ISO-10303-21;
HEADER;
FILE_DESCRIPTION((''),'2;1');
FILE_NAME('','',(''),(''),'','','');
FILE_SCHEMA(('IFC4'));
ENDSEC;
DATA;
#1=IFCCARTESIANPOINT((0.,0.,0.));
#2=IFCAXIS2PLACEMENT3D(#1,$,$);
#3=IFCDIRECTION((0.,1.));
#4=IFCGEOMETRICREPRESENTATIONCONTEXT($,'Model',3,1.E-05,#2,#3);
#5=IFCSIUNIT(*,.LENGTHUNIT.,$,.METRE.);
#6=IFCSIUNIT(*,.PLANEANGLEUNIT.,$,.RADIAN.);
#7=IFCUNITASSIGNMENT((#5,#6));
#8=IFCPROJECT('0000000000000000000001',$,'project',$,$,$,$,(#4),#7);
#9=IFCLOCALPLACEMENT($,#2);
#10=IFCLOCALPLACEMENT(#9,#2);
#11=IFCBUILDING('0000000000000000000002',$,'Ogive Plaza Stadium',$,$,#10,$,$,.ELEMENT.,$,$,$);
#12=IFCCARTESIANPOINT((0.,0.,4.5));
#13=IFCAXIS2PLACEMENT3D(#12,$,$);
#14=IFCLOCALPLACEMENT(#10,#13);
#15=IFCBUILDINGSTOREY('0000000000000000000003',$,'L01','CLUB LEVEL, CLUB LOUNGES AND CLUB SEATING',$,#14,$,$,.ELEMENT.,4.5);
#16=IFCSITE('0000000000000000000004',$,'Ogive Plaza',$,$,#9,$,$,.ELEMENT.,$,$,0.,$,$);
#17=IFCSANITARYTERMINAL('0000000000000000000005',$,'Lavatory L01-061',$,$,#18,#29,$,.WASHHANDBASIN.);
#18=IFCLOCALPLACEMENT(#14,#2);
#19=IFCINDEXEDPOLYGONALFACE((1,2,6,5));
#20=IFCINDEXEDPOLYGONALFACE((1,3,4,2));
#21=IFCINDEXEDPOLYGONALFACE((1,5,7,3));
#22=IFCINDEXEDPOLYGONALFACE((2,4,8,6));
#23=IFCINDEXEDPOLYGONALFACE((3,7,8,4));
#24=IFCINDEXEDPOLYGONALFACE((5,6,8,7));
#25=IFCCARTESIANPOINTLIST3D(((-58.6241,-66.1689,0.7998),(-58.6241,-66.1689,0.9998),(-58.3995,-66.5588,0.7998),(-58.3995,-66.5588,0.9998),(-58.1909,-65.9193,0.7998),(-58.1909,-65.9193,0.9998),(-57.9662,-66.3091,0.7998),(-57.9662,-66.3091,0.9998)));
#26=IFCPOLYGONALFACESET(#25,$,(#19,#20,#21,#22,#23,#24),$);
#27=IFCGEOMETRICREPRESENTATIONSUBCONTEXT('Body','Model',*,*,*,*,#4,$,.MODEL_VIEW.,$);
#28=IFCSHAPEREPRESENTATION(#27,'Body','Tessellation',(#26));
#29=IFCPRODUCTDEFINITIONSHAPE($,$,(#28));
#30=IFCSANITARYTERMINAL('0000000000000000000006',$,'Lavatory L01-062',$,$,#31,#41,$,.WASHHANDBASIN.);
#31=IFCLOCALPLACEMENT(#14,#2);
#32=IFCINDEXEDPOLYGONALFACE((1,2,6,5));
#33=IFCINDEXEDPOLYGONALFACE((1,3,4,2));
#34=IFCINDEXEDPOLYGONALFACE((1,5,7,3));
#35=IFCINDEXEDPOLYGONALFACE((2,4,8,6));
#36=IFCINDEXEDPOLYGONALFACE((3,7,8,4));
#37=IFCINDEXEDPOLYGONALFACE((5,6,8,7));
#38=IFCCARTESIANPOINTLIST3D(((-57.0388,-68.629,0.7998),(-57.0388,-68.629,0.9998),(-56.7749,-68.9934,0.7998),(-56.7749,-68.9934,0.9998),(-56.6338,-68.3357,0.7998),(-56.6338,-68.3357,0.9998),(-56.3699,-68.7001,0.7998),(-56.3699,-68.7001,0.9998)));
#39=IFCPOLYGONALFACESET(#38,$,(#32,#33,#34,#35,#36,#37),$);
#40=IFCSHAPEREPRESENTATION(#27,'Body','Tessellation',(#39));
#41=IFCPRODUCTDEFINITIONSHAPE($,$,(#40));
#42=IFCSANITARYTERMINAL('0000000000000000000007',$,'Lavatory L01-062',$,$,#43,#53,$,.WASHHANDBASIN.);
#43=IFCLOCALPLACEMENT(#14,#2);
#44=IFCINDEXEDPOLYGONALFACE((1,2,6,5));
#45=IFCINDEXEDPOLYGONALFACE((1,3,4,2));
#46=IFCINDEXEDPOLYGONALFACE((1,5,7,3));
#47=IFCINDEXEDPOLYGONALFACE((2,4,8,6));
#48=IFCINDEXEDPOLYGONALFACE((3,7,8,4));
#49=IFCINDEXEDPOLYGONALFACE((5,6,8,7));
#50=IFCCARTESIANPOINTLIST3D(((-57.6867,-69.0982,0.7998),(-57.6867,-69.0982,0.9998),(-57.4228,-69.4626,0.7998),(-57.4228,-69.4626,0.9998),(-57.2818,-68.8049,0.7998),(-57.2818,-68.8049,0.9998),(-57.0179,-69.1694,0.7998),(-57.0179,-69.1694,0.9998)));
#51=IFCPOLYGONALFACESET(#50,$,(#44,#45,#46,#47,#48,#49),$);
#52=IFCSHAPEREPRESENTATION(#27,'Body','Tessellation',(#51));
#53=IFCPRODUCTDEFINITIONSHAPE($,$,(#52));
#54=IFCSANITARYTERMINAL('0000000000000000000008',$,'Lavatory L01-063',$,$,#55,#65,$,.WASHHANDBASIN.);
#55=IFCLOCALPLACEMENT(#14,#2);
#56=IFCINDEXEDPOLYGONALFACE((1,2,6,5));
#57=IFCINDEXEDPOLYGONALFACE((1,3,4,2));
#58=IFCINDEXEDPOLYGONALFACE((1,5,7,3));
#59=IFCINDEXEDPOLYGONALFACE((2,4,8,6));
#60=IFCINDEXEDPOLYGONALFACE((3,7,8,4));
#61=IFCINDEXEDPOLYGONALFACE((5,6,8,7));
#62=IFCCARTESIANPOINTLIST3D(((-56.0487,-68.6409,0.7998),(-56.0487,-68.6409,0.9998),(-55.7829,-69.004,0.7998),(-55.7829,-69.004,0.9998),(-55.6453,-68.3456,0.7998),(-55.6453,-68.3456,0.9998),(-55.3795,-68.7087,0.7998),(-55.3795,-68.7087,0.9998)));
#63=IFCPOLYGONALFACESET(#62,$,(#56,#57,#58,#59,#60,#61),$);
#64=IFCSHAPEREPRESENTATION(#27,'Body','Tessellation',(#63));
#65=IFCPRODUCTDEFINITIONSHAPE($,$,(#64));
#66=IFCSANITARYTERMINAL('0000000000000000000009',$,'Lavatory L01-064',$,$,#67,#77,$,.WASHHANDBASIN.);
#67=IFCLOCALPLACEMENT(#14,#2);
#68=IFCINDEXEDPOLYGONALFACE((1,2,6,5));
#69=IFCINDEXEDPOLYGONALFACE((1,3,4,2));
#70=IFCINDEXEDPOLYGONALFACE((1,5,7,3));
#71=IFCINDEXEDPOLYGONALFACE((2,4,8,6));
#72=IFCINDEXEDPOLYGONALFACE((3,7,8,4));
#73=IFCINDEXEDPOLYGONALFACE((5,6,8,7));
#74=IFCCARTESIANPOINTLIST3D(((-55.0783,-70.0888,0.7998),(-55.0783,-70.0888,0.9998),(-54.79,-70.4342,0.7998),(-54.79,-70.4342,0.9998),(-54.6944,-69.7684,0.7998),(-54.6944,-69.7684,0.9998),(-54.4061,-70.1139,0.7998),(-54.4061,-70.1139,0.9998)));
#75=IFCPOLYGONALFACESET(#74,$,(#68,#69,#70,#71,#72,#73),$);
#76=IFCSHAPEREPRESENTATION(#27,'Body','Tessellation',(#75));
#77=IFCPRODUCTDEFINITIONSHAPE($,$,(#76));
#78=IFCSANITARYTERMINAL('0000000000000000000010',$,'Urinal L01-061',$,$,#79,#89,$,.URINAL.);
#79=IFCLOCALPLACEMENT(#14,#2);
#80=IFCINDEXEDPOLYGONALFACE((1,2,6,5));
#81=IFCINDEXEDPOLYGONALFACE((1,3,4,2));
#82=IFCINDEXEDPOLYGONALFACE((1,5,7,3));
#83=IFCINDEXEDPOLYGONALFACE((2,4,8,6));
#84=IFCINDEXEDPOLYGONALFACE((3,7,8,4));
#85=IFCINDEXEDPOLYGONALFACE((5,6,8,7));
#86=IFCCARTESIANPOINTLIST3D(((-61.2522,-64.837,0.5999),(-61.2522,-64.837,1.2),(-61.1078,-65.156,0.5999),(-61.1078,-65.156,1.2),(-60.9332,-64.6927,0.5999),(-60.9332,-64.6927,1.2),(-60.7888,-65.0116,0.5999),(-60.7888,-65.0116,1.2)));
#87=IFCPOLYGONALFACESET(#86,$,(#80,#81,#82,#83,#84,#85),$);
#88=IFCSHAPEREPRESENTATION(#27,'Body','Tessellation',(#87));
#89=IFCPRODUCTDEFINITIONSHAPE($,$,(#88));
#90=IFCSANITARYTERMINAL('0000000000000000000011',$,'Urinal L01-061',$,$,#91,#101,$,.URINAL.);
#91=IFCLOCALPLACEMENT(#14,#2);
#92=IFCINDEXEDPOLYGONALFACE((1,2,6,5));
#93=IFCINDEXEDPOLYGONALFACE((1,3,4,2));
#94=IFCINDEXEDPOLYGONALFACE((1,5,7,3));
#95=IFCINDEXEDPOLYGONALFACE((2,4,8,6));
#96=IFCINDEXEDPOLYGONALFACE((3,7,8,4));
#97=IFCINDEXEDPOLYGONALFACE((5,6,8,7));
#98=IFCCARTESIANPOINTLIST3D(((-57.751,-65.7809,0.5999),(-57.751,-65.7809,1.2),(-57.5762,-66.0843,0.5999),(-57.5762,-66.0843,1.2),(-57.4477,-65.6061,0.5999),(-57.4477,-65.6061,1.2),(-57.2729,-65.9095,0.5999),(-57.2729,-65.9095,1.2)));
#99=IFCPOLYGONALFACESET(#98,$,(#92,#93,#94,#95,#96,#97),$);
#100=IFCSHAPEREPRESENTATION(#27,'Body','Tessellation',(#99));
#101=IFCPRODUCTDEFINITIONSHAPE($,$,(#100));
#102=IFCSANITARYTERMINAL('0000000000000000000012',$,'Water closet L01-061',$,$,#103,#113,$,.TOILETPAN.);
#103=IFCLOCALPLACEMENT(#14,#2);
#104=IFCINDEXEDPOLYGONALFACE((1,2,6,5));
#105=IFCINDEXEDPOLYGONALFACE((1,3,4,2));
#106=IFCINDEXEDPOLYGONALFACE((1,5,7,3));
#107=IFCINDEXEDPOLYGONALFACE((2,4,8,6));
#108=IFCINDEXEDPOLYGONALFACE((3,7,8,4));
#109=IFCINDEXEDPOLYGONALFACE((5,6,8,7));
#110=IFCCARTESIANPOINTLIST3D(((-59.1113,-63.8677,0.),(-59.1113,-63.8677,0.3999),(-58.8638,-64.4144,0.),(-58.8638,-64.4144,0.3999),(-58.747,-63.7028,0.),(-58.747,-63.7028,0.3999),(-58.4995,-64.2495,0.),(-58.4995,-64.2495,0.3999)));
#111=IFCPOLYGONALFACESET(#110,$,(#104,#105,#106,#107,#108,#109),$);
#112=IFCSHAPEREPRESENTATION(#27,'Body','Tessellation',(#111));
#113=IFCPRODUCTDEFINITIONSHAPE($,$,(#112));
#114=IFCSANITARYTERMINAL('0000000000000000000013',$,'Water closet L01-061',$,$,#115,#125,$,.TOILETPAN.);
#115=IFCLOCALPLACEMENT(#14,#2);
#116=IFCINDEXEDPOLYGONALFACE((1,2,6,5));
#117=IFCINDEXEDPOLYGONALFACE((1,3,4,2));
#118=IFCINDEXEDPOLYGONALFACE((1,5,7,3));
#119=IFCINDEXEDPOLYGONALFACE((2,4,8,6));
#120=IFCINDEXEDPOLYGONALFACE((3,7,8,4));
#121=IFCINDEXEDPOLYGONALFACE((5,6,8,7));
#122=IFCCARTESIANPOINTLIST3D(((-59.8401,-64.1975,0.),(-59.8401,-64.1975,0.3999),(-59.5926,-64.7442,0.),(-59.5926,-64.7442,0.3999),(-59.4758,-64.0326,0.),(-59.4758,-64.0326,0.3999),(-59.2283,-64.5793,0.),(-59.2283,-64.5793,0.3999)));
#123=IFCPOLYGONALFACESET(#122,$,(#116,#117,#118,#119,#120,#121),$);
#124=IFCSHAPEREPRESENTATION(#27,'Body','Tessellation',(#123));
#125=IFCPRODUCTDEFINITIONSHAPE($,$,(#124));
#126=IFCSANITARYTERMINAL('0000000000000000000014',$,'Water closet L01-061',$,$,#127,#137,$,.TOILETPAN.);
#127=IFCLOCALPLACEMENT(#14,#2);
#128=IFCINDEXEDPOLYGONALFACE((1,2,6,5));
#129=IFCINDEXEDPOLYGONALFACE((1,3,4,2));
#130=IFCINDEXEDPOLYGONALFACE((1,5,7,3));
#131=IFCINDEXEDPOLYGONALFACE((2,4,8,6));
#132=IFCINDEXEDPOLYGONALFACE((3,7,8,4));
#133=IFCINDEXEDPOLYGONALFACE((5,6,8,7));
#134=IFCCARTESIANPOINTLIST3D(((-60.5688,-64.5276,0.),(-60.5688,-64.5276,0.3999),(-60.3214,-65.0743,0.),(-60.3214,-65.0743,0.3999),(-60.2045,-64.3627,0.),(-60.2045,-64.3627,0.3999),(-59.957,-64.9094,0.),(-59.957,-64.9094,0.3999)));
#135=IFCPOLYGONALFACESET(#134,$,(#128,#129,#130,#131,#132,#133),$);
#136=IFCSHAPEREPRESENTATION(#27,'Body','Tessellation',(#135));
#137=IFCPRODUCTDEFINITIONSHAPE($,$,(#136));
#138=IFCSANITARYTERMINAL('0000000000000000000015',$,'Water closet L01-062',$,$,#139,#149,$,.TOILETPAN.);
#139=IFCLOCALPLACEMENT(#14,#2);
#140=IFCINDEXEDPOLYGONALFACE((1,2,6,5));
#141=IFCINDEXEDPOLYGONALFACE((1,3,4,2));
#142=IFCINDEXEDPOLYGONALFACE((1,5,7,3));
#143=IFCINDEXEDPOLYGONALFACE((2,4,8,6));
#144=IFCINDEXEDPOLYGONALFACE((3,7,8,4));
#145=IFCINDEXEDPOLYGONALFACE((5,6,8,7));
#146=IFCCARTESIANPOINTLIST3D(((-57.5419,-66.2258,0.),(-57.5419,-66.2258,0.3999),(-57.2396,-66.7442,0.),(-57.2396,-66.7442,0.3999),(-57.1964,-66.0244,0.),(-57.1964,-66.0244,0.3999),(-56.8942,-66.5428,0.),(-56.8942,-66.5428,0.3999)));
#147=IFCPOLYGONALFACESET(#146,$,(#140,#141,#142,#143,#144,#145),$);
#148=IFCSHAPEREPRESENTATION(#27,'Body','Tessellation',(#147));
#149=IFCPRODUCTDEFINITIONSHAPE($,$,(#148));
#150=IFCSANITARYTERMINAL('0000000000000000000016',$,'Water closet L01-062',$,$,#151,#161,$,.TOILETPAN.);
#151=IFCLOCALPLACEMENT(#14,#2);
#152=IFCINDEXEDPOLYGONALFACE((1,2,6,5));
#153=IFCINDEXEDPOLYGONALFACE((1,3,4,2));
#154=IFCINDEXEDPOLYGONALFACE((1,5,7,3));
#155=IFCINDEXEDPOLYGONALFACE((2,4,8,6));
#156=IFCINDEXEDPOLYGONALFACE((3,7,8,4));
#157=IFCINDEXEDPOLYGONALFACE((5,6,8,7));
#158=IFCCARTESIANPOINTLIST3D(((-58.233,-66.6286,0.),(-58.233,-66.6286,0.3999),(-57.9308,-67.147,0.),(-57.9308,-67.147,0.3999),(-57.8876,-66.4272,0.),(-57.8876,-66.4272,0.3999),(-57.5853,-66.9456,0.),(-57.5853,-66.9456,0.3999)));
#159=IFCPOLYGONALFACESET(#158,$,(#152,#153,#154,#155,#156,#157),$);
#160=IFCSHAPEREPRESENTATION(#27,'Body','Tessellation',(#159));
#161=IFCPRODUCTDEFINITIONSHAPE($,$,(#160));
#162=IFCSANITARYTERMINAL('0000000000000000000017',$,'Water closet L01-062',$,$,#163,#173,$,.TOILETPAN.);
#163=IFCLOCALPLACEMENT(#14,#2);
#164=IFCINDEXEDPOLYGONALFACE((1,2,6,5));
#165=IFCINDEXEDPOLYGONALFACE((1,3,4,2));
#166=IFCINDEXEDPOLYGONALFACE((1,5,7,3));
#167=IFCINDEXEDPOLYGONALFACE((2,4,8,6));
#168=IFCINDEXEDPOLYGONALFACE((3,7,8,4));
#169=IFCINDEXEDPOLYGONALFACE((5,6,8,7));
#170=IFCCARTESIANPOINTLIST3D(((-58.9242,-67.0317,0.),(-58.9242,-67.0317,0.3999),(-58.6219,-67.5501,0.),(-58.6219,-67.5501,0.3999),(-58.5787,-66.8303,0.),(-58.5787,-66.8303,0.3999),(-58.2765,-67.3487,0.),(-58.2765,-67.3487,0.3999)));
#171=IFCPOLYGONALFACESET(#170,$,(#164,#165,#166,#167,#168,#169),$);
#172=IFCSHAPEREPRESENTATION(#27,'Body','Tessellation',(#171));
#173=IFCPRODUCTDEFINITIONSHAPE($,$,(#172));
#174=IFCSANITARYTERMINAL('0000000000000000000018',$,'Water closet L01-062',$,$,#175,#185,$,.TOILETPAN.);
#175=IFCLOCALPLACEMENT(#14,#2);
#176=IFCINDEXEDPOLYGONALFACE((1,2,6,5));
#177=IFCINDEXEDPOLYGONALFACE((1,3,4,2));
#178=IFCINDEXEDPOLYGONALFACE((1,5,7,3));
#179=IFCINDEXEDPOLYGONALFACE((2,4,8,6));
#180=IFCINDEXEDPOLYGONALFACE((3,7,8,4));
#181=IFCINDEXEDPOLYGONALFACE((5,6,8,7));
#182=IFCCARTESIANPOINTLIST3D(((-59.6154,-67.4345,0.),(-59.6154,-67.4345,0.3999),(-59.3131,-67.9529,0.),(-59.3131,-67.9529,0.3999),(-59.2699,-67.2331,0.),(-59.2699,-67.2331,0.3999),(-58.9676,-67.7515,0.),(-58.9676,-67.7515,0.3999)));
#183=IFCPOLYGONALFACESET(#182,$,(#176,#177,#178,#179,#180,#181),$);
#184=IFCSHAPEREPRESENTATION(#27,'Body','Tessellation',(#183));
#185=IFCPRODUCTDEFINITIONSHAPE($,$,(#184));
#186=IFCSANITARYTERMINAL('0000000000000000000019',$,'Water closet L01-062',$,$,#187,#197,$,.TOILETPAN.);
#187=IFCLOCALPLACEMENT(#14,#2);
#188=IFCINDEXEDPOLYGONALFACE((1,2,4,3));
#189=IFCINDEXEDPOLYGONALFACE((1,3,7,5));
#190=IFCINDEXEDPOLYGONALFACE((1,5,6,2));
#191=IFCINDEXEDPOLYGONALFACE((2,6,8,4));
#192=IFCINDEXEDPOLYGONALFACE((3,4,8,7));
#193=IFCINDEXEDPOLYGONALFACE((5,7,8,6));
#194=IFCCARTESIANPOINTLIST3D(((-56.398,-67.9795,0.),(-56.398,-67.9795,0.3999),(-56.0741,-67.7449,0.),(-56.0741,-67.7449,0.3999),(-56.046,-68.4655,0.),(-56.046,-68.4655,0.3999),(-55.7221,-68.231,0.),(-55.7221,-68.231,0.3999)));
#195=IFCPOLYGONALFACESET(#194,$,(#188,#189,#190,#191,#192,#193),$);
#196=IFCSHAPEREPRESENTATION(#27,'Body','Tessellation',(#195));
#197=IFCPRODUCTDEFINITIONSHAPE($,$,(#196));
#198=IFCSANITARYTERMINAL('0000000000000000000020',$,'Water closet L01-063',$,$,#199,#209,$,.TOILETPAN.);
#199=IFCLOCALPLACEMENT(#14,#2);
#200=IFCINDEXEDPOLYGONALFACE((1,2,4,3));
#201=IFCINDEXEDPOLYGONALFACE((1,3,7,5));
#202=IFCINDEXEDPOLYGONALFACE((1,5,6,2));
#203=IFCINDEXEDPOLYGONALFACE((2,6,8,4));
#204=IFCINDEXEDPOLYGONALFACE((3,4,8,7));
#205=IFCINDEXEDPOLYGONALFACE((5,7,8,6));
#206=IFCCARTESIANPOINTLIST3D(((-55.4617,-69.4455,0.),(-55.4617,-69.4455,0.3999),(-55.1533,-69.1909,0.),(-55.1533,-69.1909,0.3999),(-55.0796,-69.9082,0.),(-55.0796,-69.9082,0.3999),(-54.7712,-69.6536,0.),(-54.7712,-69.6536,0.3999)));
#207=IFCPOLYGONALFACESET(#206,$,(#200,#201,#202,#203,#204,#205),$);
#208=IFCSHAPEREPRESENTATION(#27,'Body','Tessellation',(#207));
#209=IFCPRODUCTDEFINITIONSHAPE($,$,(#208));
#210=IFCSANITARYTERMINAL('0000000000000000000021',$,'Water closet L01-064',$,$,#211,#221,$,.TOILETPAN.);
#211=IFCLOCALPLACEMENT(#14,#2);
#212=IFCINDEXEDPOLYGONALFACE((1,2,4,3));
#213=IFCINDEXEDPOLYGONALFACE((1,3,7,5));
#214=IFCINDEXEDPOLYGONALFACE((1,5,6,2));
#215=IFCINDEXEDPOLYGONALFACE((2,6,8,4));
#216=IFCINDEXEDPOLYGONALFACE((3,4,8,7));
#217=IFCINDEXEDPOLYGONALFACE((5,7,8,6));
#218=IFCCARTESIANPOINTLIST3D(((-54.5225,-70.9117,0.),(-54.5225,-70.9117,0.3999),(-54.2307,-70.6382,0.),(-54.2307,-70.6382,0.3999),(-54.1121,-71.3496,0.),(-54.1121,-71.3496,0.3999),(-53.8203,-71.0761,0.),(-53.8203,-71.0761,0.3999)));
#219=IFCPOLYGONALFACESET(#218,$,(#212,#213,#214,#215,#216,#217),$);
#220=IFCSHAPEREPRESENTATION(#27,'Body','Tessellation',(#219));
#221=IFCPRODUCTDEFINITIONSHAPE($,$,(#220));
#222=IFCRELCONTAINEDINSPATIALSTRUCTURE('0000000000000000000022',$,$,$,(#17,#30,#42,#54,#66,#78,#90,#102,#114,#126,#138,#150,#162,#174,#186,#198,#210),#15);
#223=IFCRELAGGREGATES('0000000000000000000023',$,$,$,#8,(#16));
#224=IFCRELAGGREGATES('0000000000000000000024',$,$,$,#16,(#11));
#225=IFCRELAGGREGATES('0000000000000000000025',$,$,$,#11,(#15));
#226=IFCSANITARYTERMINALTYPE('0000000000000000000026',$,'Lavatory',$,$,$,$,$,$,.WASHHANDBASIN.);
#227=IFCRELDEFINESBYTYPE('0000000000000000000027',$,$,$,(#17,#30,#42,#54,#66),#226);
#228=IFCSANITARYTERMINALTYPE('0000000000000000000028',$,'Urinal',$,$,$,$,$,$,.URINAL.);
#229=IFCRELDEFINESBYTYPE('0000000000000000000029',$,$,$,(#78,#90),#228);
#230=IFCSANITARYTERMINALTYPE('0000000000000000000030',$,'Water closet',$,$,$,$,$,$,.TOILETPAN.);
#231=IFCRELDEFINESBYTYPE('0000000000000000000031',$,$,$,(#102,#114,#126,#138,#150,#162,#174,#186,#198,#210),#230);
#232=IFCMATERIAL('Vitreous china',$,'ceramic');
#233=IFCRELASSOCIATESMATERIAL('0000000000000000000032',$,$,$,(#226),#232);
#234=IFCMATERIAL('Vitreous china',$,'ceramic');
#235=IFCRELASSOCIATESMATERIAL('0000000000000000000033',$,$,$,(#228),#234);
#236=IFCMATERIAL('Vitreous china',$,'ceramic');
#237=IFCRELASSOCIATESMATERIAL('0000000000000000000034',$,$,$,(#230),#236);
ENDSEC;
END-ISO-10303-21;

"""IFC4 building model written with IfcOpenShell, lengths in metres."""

from ifc_helpers import new_model, si_unit, direction, frame, origin, origin_2d, place, context, subcontext, project, spatial, rectangle, extrude, material, type_object, element, save


model = new_model("IFC4")

# Units and contexts
model_context = context("Model", 3, precision=1e-05, world=origin(), true_north=direction((0.0, 1.0)))
body_context = subcontext(model_context, "Body", "Model", "MODEL_VIEW")
ifc_project = project(units=[si_unit("LENGTHUNIT", "METRE"), si_unit("PLANEANGLEUNIT", "RADIAN")], contexts=[model_context])

# Site, building, storey
site_placement = place(None, origin())
site = spatial("IfcSite", under=ifc_project, at=site_placement, Name="Ogive Plaza", CompositionType="ELEMENT", RefElevation=0.0)
building_placement = place(site_placement, origin())
building = spatial("IfcBuilding", under=site, at=building_placement, Name="Ogive Plaza Stadium", CompositionType="ELEMENT")
storey_placement = place(building_placement, frame((0.0, 0.0, 4.5)))
storey = spatial("IfcBuildingStorey", under=building, at=storey_placement, Name="L01", Description="CLUB LEVEL, CLUB LOUNGES AND CLUB SEATING", CompositionType="ELEMENT", Elevation=4.5)

# Sanitary terminals
ifc_material_1 = material(Name="Vitreous china", Category="ceramic")
sanitary_terminal_type_1 = type_object("IfcSanitaryTerminalType", Name="Lavatory", PredefinedType="WASHHANDBASIN", material=ifc_material_1)
for number, where, z_axis, x_axis, name in (
    (1, (-58.2952, -66.239, 0.7998), (0.0, 0.0, 1.0), (-0.866461, -0.499244, 0.0), "Lavatory L01-061"),
    (2, (-56.7043, -68.6646, 0.7998), (0.0, 0.0, 1.0), (-0.809921, -0.586539, 0.0), "Lavatory L01-062"),
    (3, (-57.3523, -69.1338, 0.7998), (0.0, 0.0, 1.0), (-0.809921, -0.586539, 0.0), "Lavatory L01-062"),
    (4, (-55.7141, -68.6748, 0.7998), (0.0, 0.0, 1.0), (-0.806894, -0.590696, 0.0), "Lavatory L01-063"),
    (5, (-54.7422, -70.1013, 0.7998), (0.0, 0.0, 1.0), (-0.767804, -0.640685, 0.0), "Lavatory L01-064"),
):
    element("IfcSanitaryTerminal", number, at=place(storey_placement, frame(where, z_axis=z_axis, x_axis=x_axis)), inside=storey, type_object=sanitary_terminal_type_1, Name=name, PredefinedType="WASHHANDBASIN", context=body_context, shape_type="SweptSolid", body=[
        extrude(rectangle(XDim=0.5, YDim=0.45, at=origin_2d()), origin(), (0.0, 0.0, 1.0), 0.2),
    ])
ifc_material_2 = material(Name="Vitreous china", Category="ceramic")
sanitary_terminal_type_2 = type_object("IfcSanitaryTerminalType", Name="Urinal", PredefinedType="URINAL", material=ifc_material_2)
for number, where, z_axis, x_axis, name in (
    (6, (-61.0205, -64.9243, 0.5999), (0.0, 0.0, 1.0), (-0.911001, -0.412405, 0.0), "Urinal L01-061"),
    (7, (-57.512, -65.8452, 0.5999), (0.0, 0.0, 1.0), (-0.866461, -0.499244, 0.0), "Urinal L01-061"),
):
    element("IfcSanitaryTerminal", number, at=place(storey_placement, frame(where, z_axis=z_axis, x_axis=x_axis)), inside=storey, type_object=sanitary_terminal_type_2, Name=name, PredefinedType="URINAL", context=body_context, shape_type="SweptSolid", body=[
        extrude(rectangle(XDim=0.3501, YDim=0.3501, at=origin_2d()), origin(), (0.0, 0.0, 1.0), 0.6001),
    ])
ifc_material_3 = material(Name="Vitreous china", Category="ceramic")
sanitary_terminal_type_3 = type_object("IfcSanitaryTerminalType", Name="Water closet", PredefinedType="TOILETPAN", material=ifc_material_3)
for number, where, z_axis, x_axis, name in (
    (8, (-58.8054, -64.0586, 0.0), (0.0, 0.0, 1.0), (-0.911001, -0.412405, 0.0), "Water closet L01-061"),
    (9, (-59.5342, -64.3884, 0.0), (0.0, 0.0, 1.0), (-0.911001, -0.412405, 0.0), "Water closet L01-061"),
    (10, (-60.2629, -64.7185, 0.0), (0.0, 0.0, 1.0), (-0.911001, -0.412405, 0.0), "Water closet L01-061"),
    (11, (-57.218, -66.3843, 0.0), (0.0, 0.0, 1.0), (-0.86389, -0.50368, 0.0), "Water closet L01-062"),
    (12, (-57.9092, -66.7871, 0.0), (0.0, 0.0, 1.0), (-0.86389, -0.50368, 0.0), "Water closet L01-062"),
    (13, (-58.6003, -67.1902, 0.0), (0.0, 0.0, 1.0), (-0.86389, -0.50368, 0.0), "Water closet L01-062"),
    (14, (-59.2915, -67.593, 0.0), (0.0, 0.0, 1.0), (-0.86389, -0.50368, 0.0), "Water closet L01-062"),
    (15, (-56.0601, -68.1052, 0.0), (0.0, 0.0, 1.0), (-0.809921, -0.586539, 0.0), "Water closet L01-062"),
    (16, (-55.1165, -69.5496, 0.0), (0.0, 0.0, 1.0), (-0.771057, -0.636766, 0.0), "Water closet L01-063"),
    (17, (-54.1714, -70.9939, 0.0), (0.0, 0.0, 1.0), (-0.729637, -0.683834, 0.0), "Water closet L01-064"),
):
    element("IfcSanitaryTerminal", number, at=place(storey_placement, frame(where, z_axis=z_axis, x_axis=x_axis)), inside=storey, type_object=sanitary_terminal_type_3, Name=name, PredefinedType="TOILETPAN", context=body_context, shape_type="SweptSolid", body=[
        extrude(rectangle(XDim=0.3999, YDim=0.6001, at=origin_2d()), origin(), (0.0, 0.0, 1.0), 0.3999),
    ])

save(model, "model.ifc")
